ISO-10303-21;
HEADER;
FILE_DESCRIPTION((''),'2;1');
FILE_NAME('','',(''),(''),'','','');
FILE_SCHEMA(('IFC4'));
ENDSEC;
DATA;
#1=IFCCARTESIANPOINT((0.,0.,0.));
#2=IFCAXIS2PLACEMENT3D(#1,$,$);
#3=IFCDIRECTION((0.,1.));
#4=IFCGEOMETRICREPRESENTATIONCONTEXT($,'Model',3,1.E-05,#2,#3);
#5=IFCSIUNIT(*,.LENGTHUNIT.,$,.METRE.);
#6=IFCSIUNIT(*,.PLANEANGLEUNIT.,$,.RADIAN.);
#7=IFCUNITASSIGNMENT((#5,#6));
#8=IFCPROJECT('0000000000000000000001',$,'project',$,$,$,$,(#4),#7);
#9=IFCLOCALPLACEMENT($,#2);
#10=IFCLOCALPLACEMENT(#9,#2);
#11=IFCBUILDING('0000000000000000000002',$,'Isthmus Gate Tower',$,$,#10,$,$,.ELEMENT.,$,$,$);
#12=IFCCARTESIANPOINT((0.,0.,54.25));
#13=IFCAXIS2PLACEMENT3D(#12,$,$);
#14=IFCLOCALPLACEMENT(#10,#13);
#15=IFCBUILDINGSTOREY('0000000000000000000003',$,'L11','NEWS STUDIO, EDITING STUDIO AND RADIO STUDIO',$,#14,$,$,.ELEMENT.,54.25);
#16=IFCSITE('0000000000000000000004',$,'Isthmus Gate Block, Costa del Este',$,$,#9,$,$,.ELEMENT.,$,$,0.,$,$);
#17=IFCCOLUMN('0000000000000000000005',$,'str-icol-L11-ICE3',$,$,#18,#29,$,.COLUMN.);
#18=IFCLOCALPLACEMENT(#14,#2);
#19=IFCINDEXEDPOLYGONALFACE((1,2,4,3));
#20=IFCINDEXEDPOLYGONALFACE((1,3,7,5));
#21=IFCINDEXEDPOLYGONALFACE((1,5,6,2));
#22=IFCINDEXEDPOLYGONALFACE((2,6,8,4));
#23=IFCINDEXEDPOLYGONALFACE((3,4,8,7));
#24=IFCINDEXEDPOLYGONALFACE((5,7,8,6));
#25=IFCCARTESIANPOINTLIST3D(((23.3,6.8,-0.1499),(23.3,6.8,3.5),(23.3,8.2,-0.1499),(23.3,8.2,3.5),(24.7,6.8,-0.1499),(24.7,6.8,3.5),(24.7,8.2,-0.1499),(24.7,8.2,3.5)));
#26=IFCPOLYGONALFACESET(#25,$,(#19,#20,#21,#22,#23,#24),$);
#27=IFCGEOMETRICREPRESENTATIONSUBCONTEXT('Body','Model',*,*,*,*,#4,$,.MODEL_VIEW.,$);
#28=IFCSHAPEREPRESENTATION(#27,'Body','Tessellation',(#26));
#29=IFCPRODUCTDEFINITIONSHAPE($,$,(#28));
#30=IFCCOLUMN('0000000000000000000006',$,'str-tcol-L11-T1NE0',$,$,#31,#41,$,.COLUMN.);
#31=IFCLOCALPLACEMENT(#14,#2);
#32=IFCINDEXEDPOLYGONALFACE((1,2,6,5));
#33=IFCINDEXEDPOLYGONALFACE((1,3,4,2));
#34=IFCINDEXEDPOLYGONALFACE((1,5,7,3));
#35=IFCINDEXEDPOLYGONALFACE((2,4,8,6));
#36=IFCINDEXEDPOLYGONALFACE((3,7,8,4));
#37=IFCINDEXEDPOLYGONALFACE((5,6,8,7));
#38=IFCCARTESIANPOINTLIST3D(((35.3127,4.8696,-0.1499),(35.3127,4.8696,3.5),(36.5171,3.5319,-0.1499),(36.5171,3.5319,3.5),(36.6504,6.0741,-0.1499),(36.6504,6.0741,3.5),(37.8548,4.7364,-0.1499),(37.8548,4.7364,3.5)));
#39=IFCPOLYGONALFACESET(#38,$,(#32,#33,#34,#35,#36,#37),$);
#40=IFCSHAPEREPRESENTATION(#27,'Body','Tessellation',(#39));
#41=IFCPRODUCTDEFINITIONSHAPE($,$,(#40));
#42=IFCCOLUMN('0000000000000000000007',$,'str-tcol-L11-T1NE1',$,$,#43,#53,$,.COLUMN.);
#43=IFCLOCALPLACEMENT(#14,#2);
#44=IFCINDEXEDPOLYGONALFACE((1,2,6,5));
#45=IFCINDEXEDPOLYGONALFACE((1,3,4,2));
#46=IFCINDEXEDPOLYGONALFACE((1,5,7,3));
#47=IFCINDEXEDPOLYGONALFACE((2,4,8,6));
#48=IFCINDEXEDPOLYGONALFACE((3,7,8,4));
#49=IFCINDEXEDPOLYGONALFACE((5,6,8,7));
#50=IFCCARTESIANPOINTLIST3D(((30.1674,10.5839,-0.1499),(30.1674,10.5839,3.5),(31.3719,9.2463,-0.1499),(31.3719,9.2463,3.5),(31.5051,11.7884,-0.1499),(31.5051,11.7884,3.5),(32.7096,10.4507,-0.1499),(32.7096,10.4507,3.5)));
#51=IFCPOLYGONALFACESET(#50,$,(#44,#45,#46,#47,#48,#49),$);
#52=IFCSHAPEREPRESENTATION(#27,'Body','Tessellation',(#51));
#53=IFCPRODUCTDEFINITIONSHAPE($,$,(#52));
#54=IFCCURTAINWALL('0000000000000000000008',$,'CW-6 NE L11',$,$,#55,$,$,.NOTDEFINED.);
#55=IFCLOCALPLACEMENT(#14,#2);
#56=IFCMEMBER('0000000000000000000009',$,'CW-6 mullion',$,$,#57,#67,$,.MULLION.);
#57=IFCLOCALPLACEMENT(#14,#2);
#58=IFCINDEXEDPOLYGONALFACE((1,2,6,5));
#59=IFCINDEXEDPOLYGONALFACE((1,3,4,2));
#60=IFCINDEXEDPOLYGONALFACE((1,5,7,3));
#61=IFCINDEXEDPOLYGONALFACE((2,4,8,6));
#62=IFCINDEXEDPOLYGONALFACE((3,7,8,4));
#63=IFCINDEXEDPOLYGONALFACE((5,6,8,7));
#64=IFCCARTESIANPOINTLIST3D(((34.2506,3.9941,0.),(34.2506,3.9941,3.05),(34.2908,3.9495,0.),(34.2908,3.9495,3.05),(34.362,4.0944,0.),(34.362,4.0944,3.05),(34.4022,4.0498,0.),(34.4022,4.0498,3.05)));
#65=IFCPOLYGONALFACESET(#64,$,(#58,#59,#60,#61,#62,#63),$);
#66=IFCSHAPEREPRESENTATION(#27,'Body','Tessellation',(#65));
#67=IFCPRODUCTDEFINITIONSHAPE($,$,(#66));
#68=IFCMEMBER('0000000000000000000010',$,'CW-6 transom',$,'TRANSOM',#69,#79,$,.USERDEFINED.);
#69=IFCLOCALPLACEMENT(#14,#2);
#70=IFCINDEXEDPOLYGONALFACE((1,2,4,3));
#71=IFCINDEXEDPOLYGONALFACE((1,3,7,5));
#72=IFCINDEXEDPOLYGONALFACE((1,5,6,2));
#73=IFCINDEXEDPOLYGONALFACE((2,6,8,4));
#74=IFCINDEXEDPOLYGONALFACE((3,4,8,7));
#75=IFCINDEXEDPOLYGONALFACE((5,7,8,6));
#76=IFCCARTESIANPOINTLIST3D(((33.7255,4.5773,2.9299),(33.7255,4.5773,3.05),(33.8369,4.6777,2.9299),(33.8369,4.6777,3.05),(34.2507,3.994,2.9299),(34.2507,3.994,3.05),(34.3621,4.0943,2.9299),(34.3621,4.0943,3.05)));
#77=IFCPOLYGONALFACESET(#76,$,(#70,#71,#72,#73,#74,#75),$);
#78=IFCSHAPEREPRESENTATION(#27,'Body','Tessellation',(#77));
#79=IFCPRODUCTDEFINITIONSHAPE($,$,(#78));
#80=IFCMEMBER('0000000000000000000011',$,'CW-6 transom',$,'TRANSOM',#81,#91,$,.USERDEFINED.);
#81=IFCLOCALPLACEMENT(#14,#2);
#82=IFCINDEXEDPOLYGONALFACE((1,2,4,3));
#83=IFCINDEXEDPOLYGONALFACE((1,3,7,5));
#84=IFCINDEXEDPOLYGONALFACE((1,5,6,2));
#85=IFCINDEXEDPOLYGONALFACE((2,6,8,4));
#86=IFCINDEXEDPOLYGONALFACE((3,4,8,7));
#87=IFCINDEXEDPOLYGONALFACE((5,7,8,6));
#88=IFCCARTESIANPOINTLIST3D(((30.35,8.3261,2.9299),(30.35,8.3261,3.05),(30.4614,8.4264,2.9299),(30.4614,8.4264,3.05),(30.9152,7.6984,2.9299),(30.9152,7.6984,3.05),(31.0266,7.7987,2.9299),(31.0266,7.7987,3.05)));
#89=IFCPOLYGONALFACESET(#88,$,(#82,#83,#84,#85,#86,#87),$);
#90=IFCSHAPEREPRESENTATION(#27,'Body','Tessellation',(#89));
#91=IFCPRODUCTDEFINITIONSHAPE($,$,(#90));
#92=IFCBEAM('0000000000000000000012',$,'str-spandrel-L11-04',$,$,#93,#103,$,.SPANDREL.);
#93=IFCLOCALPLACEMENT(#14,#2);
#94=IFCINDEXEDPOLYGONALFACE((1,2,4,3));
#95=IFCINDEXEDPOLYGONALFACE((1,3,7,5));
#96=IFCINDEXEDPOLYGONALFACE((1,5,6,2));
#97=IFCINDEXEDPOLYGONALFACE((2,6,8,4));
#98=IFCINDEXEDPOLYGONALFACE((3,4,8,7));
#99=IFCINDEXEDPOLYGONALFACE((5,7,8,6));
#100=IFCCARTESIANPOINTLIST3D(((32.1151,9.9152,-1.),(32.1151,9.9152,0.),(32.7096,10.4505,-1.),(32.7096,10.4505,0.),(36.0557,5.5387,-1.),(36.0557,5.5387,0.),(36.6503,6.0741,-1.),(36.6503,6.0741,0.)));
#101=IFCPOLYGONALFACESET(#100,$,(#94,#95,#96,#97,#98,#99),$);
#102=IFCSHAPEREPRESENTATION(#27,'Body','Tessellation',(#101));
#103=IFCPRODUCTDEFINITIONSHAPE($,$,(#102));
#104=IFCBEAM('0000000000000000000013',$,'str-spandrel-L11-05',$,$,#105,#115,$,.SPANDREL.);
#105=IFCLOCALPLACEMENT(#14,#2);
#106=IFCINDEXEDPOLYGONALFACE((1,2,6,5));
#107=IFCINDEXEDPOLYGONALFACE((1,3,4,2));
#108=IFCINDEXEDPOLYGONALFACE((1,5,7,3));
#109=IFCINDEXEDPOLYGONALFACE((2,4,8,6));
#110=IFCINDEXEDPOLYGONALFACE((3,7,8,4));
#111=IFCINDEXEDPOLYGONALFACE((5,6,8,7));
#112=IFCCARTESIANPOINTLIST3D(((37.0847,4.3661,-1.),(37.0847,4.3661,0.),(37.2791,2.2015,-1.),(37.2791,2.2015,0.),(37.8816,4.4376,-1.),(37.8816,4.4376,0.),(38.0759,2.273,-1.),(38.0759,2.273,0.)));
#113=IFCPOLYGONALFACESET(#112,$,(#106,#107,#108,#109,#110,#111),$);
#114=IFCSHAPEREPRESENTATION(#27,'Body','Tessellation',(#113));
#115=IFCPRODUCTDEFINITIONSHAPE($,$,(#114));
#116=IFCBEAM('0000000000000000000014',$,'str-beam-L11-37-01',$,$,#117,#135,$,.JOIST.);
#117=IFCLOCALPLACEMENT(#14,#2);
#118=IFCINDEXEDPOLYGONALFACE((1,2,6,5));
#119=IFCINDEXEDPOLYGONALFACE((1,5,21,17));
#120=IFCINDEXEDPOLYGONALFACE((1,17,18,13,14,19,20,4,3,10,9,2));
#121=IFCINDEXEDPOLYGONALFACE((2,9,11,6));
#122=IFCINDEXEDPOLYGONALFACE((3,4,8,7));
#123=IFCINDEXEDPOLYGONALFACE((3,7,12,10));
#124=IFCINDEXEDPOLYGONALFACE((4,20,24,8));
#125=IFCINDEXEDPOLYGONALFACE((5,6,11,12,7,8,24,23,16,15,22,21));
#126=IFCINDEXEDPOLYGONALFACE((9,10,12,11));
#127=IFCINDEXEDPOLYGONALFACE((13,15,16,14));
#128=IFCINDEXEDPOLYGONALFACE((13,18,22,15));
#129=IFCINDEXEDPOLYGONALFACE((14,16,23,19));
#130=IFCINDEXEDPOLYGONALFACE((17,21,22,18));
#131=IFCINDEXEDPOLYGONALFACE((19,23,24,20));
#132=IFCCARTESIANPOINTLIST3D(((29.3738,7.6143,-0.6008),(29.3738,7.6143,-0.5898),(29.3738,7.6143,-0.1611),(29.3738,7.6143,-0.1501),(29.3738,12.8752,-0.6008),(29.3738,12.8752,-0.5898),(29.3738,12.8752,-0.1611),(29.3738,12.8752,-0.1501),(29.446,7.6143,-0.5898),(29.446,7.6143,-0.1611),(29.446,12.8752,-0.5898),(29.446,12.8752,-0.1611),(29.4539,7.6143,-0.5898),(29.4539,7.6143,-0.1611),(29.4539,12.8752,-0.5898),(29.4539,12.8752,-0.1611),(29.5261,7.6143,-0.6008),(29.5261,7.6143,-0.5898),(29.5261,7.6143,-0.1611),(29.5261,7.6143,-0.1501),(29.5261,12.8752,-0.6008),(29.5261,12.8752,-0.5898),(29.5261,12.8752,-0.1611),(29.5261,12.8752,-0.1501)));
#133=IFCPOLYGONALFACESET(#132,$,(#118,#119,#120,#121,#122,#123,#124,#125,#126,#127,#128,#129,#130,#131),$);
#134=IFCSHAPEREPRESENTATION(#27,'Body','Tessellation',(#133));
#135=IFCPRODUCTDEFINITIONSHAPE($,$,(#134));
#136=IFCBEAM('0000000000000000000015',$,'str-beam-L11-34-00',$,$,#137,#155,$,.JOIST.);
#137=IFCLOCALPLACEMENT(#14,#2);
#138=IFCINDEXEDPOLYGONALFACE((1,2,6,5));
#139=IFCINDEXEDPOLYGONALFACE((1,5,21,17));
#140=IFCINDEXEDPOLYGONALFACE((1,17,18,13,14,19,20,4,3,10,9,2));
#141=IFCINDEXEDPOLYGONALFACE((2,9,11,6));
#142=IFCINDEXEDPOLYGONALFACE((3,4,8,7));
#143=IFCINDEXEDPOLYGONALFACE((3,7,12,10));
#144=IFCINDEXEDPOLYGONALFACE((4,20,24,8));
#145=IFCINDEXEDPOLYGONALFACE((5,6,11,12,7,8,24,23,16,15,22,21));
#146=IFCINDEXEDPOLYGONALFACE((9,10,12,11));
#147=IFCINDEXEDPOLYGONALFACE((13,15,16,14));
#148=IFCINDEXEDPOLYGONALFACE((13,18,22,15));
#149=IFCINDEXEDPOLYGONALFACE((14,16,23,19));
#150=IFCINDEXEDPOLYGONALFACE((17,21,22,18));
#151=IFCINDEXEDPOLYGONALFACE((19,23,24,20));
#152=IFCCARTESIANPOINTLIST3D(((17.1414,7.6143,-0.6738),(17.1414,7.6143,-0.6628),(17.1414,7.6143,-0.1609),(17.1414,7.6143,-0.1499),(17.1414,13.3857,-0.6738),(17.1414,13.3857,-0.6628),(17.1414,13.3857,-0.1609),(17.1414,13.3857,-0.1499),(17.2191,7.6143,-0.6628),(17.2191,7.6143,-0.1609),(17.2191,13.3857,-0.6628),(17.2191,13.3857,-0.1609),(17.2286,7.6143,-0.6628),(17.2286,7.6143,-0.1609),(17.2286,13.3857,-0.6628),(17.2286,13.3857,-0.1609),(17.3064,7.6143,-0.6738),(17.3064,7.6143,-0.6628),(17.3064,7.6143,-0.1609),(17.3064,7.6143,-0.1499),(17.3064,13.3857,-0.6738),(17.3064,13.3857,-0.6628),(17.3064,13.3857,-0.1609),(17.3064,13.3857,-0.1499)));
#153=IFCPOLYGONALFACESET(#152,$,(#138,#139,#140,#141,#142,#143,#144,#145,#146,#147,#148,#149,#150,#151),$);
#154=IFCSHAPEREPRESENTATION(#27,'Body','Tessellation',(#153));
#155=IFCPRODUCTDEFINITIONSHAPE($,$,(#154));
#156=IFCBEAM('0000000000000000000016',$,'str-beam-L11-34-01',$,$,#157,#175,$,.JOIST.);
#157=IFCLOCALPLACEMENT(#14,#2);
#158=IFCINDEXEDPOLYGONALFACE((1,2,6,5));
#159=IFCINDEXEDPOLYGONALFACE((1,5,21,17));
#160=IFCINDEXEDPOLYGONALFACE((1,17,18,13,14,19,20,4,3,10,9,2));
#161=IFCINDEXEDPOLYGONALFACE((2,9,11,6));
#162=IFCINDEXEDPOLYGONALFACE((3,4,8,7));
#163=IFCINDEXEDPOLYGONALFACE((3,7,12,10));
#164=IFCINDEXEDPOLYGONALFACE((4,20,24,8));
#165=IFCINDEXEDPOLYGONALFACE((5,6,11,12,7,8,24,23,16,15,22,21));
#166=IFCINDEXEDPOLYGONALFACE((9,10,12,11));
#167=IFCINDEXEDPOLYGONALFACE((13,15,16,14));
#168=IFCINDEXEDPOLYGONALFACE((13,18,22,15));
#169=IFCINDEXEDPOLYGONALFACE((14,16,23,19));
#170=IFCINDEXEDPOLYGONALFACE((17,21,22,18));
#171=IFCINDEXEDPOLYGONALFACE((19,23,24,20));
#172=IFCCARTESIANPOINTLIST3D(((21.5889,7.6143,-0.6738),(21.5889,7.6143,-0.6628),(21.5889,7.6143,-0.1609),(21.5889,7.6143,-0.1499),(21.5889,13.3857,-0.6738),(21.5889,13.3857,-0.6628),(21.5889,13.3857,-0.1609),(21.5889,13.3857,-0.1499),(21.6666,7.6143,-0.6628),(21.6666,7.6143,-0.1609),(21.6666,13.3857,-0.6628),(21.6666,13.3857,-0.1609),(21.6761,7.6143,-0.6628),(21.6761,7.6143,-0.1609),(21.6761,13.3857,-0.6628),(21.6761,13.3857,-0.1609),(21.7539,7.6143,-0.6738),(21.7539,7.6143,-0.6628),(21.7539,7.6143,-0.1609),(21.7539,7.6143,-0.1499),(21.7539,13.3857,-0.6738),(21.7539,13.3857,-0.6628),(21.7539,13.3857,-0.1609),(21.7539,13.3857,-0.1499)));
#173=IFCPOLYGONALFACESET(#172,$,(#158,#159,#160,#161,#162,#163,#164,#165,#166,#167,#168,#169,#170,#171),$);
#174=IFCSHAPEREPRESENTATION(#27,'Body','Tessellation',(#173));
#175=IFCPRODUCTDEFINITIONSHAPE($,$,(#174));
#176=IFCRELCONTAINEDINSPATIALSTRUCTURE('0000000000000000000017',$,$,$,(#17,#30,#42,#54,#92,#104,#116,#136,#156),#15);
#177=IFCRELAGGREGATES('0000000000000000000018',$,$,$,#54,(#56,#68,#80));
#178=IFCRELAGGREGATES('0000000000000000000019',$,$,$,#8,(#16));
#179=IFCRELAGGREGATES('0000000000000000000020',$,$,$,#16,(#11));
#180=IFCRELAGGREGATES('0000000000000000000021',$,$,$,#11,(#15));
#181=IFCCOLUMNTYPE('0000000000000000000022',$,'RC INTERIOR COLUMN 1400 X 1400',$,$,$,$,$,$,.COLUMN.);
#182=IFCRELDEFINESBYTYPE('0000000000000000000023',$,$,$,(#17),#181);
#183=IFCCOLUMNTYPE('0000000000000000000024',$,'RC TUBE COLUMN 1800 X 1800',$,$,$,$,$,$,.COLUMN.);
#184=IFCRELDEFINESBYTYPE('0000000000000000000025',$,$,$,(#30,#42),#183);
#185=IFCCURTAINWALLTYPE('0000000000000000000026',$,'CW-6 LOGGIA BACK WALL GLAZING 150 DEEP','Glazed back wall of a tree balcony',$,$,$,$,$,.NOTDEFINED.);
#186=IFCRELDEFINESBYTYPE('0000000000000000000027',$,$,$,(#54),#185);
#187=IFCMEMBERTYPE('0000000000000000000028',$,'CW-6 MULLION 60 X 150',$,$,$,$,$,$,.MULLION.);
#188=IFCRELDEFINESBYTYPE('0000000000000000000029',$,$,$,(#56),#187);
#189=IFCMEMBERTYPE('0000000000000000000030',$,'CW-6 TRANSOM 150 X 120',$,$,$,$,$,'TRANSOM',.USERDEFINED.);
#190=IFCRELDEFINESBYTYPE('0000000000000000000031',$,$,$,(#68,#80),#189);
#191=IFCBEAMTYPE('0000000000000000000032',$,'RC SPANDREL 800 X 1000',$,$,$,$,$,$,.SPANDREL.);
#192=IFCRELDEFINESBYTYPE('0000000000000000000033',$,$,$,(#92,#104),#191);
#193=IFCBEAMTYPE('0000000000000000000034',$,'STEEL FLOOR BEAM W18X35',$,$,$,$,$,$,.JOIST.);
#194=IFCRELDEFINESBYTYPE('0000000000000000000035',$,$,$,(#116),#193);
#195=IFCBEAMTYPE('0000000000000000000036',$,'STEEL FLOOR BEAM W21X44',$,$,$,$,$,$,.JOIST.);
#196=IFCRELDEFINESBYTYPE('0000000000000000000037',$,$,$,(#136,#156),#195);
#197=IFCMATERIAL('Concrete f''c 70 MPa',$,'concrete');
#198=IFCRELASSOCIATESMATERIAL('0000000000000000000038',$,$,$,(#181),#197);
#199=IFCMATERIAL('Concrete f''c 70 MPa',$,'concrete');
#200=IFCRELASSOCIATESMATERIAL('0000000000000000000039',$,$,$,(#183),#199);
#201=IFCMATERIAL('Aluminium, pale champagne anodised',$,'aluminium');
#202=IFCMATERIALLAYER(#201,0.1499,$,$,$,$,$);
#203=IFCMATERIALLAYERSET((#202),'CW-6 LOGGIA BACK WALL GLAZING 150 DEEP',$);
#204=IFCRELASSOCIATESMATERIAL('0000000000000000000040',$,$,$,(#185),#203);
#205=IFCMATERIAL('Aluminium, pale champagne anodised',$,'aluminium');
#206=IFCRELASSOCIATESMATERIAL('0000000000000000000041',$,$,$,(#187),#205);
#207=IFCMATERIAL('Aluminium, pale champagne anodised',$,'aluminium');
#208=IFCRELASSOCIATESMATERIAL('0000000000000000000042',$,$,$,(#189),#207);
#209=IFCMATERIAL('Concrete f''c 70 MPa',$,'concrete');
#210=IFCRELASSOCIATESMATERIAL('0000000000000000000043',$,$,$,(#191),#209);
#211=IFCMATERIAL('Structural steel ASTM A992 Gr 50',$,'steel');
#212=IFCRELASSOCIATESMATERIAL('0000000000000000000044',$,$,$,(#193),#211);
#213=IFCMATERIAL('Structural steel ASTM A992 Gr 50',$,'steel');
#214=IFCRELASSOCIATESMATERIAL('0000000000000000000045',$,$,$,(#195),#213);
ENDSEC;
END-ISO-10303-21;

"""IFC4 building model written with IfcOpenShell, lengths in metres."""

from ifc_helpers import new_model, si_unit, direction, frame, origin, origin_2d, place, context, subcontext, project, spatial, rectangle, i_section, extrude, material, layer, layer_set, material_profile, profile_set, type_object, element, aggregate, save


model = new_model("IFC4")

# Units and contexts
model_context = context("Model", 3, precision=1e-05, world=origin(), true_north=direction((0.0, 1.0)))
body_context = subcontext(model_context, "Body", "Model", "MODEL_VIEW")
ifc_project = project(units=[si_unit("LENGTHUNIT", "METRE"), si_unit("PLANEANGLEUNIT", "RADIAN")], contexts=[model_context])

# Site, building, storey
site_placement = place(None, origin())
site = spatial("IfcSite", under=ifc_project, at=site_placement, Name="Isthmus Gate Block, Costa del Este", CompositionType="ELEMENT", RefElevation=0.0)
building_placement = place(site_placement, origin())
building = spatial("IfcBuilding", under=site, at=building_placement, Name="Isthmus Gate Tower", CompositionType="ELEMENT")
storey_placement = place(building_placement, frame((0.0, 0.0, 54.25)))
storey = spatial("IfcBuildingStorey", under=building, at=storey_placement, Name="L11", Description="NEWS STUDIO, EDITING STUDIO AND RADIO STUDIO", CompositionType="ELEMENT", Elevation=54.25)

# Columns
ifc_material_1 = material(Name="Concrete f'c 70 MPa", Category="concrete")
ifc_material_profile_1 = material_profile(ifc_material_1, rectangle(XDim=1.3999, YDim=1.3999, at=origin_2d()), Name="RC 1400X1400")
ifc_profile_set_1 = profile_set([ifc_material_profile_1], Name="Concrete f'c 70 MPa")
column_type_1 = type_object("IfcColumnType", Name="RC INTERIOR COLUMN 1400 X 1400", PredefinedType="COLUMN", material=ifc_profile_set_1)
column_placement = place(storey_placement, frame((24.0, 7.5, -0.1499), z_axis=(0.0, 0.0, 1.0), x_axis=(1.0, 0.0, 0.0)))
element("IfcColumn", 1, at=column_placement, inside=storey, type_object=column_type_1, Name="str-icol-L11-ICE3", PredefinedType="COLUMN", context=body_context, shape_type="SweptSolid", body=[
    extrude(rectangle(XDim=1.3999, YDim=1.3999, at=origin_2d()), origin(), (0.0, 0.0, 1.0), 3.6499),
])
ifc_material_2 = material(Name="Concrete f'c 70 MPa", Category="concrete")
ifc_material_profile_2 = material_profile(ifc_material_2, rectangle(XDim=1.8, YDim=1.8, at=origin_2d()), Name="RC 1800X1800")
ifc_profile_set_2 = profile_set([ifc_material_profile_2], Name="Concrete f'c 70 MPa")
column_type_2 = type_object("IfcColumnType", Name="RC TUBE COLUMN 1800 X 1800", PredefinedType="COLUMN", material=ifc_profile_set_2)
for number, where, z_axis, x_axis, name in (
    (2, (36.5837, 4.803, -0.1499), (0.0, 0.0, 1.0), (-0.669131, 0.743145, 0.0), "str-tcol-L11-T1NE0"),
    (3, (31.4385, 10.5173, -0.1499), (0.0, 0.0, 1.0), (-0.669131, 0.743145, 0.0), "str-tcol-L11-T1NE1"),
):
    element("IfcColumn", number, at=place(storey_placement, frame(where, z_axis=z_axis, x_axis=x_axis)), inside=storey, type_object=column_type_2, Name=name, PredefinedType="COLUMN", context=body_context, shape_type="SweptSolid", body=[
        extrude(rectangle(XDim=1.8, YDim=1.8, at=origin_2d()), origin(), (0.0, 0.0, 1.0), 3.6499),
    ])

# Curtain wall, members
ifc_material_3 = material(Name="Aluminium, pale champagne anodised", Category="aluminium")
ifc_layer_1 = layer(ifc_material_3, 0.1499)
ifc_layer_set_1 = layer_set([ifc_layer_1], Name="CW-6 LOGGIA BACK WALL GLAZING 150 DEEP")
curtain_wall_type = type_object("IfcCurtainWallType", Name="CW-6 LOGGIA BACK WALL GLAZING 150 DEEP", Description="Glazed back wall of a tree balcony", PredefinedType="NOTDEFINED", material=ifc_layer_set_1)
curtain_wall_placement = place(storey_placement, origin())
curtain_wall = element("IfcCurtainWall", 4, at=curtain_wall_placement, inside=storey, type_object=curtain_wall_type, Name="CW-6 NE L11", PredefinedType="NOTDEFINED")
ifc_material_4 = material(Name="Aluminium, pale champagne anodised", Category="aluminium")
ifc_material_profile_3 = material_profile(ifc_material_4, rectangle(XDim=0.0601, YDim=0.1499, at=origin_2d()), Name="60x150")
ifc_profile_set_3 = profile_set([ifc_material_profile_3], Name="Aluminium, pale champagne anodised")
member_type_1 = type_object("IfcMemberType", Name="CW-6 MULLION 60 X 150", PredefinedType="MULLION", material=ifc_profile_set_3)
member_1_placement = place(storey_placement, frame((34.3264, 4.022, 0.0), z_axis=(0.0, 0.0, 1.0), x_axis=(-0.669131, 0.743145, 0.0)))
member_1 = element("IfcMember", 5, at=member_1_placement, type_object=member_type_1, Name="CW-6 mullion", PredefinedType="MULLION", context=body_context, shape_type="SweptSolid", body=[
    extrude(rectangle(XDim=0.0601, YDim=0.1499, at=origin_2d()), origin(), (0.0, 0.0, 1.0), 3.05),
])
ifc_material_5 = material(Name="Aluminium, pale champagne anodised", Category="aluminium")
ifc_material_profile_4 = material_profile(ifc_material_5, rectangle(XDim=0.1499, YDim=0.1201, at=origin_2d()), Name="150x120")
ifc_profile_set_4 = profile_set([ifc_material_profile_4], Name="Aluminium, pale champagne anodised")
member_type_2 = type_object("IfcMemberType", Name="CW-6 TRANSOM 150 X 120", ElementType="TRANSOM", PredefinedType="USERDEFINED", material=ifc_profile_set_4)
member_2_placement = place(storey_placement, frame((34.3064, 4.0442, 2.99), z_axis=(-0.669119, 0.743155, 0.0), x_axis=(-0.743155, -0.669119, 0.0)))
member_2 = element("IfcMember", 6, at=member_2_placement, type_object=member_type_2, Name="CW-6 transom", ObjectType="TRANSOM", PredefinedType="USERDEFINED", context=body_context, shape_type="SweptSolid", body=[
    extrude(rectangle(XDim=0.1499, YDim=0.1201, at=origin_2d()), origin(), (0.0, 0.0, 1.0), 0.7849),
])
member_3_placement = place(storey_placement, frame((30.9709, 7.7485, 2.99), z_axis=(-0.66914, 0.743136, 0.0), x_axis=(-0.743136, -0.66914, 0.0)))
member_3 = element("IfcMember", 7, at=member_3_placement, type_object=member_type_2, Name="CW-6 transom", ObjectType="TRANSOM", PredefinedType="USERDEFINED", context=body_context, shape_type="SweptSolid", body=[
    extrude(rectangle(XDim=0.1499, YDim=0.1201, at=origin_2d()), origin(), (0.0, 0.0, 1.0), 0.8447),
])

# Beams
ifc_material_6 = material(Name="Concrete f'c 70 MPa", Category="concrete")
ifc_material_profile_5 = material_profile(ifc_material_6, rectangle(XDim=0.8, YDim=1.0, at=origin_2d()), Name="RC 800X1000")
ifc_profile_set_5 = profile_set([ifc_material_profile_5], Name="Concrete f'c 70 MPa")
beam_type_1 = type_object("IfcBeamType", Name="RC SPANDREL 800 X 1000", PredefinedType="SPANDREL", material=ifc_profile_set_5)
beam_1_placement = place(storey_placement, frame((32.4124, 10.1829, -0.5), z_axis=(0.669139, -0.743137, 0.0), x_axis=(0.743137, 0.669139, 0.0)))
element("IfcBeam", 8, at=beam_1_placement, inside=storey, type_object=beam_type_1, Name="str-spandrel-L11-04", PredefinedType="SPANDREL", context=body_context, shape_type="SweptSolid", body=[
    extrude(rectangle(XDim=0.8, YDim=1.0, at=origin_2d()), origin(), (0.0, 0.0, 1.0), 5.8892),
])
beam_2_placement = place(storey_placement, frame((37.4832, 4.4019, -0.5), z_axis=(0.089422, -0.995994, 0.0), x_axis=(0.995994, 0.089422, 0.0)))
element("IfcBeam", 9, at=beam_2_placement, inside=storey, type_object=beam_type_1, Name="str-spandrel-L11-05", PredefinedType="SPANDREL", context=body_context, shape_type="SweptSolid", body=[
    extrude(rectangle(XDim=0.8, YDim=1.0, at=origin_2d()), origin(), (0.0, 0.0, 1.0), 2.1733),
])
ifc_material_7 = material(Name="Structural steel ASTM A992 Gr 50", Category="steel")
ifc_material_profile_6 = material_profile(ifc_material_7, i_section(OverallWidth=0.1523, OverallDepth=0.4507, WebThickness=0.0078, FlangeThickness=0.011, at=origin_2d()), Name="W18X35")
ifc_profile_set_6 = profile_set([ifc_material_profile_6], Name="Structural steel ASTM A992 Gr 50")
beam_type_2 = type_object("IfcBeamType", Name="STEEL FLOOR BEAM W18X35", PredefinedType="JOIST", material=ifc_profile_set_6)
beam_3_placement = place(storey_placement, frame((29.45, 7.6143, -0.3755), z_axis=(0.0, 1.0, 0.0), x_axis=(-1.0, 0.0, 0.0)))
element("IfcBeam", 10, at=beam_3_placement, inside=storey, type_object=beam_type_2, Name="str-beam-L11-37-01", PredefinedType="JOIST", context=body_context, shape_type="SweptSolid", body=[
    extrude(i_section(OverallWidth=0.1523, OverallDepth=0.4507, WebThickness=0.0078, FlangeThickness=0.011, at=origin_2d()), origin(), (0.0, 0.0, 1.0), 5.261),
])
ifc_material_8 = material(Name="Structural steel ASTM A992 Gr 50", Category="steel")
ifc_material_profile_7 = material_profile(ifc_material_8, i_section(OverallWidth=0.165, OverallDepth=0.5239, WebThickness=0.0095, FlangeThickness=0.011, at=origin_2d()), Name="W21X44")
ifc_profile_set_7 = profile_set([ifc_material_profile_7], Name="Structural steel ASTM A992 Gr 50")
beam_type_3 = type_object("IfcBeamType", Name="STEEL FLOOR BEAM W21X44", PredefinedType="JOIST", material=ifc_profile_set_7)
for number, where, z_axis, x_axis, name in (
    (11, (17.2239, 7.6143, -0.4119), (0.0, 1.0, 0.0), (-1.0, 0.0, 0.0), "str-beam-L11-34-00"),
    (12, (21.6714, 7.6143, -0.4119), (0.0, 1.0, 0.0), (-1.0, 0.0, 0.0), "str-beam-L11-34-01"),
):
    element("IfcBeam", number, at=place(storey_placement, frame(where, z_axis=z_axis, x_axis=x_axis)), inside=storey, type_object=beam_type_3, Name=name, PredefinedType="JOIST", context=body_context, shape_type="SweptSolid", body=[
        extrude(i_section(OverallWidth=0.165, OverallDepth=0.5239, WebThickness=0.0095, FlangeThickness=0.011, at=origin_2d()), origin(), (0.0, 0.0, 1.0), 5.7715),
    ])

aggregate(curtain_wall, [member_1, member_2, member_3])

save(model, "model.ifc")
